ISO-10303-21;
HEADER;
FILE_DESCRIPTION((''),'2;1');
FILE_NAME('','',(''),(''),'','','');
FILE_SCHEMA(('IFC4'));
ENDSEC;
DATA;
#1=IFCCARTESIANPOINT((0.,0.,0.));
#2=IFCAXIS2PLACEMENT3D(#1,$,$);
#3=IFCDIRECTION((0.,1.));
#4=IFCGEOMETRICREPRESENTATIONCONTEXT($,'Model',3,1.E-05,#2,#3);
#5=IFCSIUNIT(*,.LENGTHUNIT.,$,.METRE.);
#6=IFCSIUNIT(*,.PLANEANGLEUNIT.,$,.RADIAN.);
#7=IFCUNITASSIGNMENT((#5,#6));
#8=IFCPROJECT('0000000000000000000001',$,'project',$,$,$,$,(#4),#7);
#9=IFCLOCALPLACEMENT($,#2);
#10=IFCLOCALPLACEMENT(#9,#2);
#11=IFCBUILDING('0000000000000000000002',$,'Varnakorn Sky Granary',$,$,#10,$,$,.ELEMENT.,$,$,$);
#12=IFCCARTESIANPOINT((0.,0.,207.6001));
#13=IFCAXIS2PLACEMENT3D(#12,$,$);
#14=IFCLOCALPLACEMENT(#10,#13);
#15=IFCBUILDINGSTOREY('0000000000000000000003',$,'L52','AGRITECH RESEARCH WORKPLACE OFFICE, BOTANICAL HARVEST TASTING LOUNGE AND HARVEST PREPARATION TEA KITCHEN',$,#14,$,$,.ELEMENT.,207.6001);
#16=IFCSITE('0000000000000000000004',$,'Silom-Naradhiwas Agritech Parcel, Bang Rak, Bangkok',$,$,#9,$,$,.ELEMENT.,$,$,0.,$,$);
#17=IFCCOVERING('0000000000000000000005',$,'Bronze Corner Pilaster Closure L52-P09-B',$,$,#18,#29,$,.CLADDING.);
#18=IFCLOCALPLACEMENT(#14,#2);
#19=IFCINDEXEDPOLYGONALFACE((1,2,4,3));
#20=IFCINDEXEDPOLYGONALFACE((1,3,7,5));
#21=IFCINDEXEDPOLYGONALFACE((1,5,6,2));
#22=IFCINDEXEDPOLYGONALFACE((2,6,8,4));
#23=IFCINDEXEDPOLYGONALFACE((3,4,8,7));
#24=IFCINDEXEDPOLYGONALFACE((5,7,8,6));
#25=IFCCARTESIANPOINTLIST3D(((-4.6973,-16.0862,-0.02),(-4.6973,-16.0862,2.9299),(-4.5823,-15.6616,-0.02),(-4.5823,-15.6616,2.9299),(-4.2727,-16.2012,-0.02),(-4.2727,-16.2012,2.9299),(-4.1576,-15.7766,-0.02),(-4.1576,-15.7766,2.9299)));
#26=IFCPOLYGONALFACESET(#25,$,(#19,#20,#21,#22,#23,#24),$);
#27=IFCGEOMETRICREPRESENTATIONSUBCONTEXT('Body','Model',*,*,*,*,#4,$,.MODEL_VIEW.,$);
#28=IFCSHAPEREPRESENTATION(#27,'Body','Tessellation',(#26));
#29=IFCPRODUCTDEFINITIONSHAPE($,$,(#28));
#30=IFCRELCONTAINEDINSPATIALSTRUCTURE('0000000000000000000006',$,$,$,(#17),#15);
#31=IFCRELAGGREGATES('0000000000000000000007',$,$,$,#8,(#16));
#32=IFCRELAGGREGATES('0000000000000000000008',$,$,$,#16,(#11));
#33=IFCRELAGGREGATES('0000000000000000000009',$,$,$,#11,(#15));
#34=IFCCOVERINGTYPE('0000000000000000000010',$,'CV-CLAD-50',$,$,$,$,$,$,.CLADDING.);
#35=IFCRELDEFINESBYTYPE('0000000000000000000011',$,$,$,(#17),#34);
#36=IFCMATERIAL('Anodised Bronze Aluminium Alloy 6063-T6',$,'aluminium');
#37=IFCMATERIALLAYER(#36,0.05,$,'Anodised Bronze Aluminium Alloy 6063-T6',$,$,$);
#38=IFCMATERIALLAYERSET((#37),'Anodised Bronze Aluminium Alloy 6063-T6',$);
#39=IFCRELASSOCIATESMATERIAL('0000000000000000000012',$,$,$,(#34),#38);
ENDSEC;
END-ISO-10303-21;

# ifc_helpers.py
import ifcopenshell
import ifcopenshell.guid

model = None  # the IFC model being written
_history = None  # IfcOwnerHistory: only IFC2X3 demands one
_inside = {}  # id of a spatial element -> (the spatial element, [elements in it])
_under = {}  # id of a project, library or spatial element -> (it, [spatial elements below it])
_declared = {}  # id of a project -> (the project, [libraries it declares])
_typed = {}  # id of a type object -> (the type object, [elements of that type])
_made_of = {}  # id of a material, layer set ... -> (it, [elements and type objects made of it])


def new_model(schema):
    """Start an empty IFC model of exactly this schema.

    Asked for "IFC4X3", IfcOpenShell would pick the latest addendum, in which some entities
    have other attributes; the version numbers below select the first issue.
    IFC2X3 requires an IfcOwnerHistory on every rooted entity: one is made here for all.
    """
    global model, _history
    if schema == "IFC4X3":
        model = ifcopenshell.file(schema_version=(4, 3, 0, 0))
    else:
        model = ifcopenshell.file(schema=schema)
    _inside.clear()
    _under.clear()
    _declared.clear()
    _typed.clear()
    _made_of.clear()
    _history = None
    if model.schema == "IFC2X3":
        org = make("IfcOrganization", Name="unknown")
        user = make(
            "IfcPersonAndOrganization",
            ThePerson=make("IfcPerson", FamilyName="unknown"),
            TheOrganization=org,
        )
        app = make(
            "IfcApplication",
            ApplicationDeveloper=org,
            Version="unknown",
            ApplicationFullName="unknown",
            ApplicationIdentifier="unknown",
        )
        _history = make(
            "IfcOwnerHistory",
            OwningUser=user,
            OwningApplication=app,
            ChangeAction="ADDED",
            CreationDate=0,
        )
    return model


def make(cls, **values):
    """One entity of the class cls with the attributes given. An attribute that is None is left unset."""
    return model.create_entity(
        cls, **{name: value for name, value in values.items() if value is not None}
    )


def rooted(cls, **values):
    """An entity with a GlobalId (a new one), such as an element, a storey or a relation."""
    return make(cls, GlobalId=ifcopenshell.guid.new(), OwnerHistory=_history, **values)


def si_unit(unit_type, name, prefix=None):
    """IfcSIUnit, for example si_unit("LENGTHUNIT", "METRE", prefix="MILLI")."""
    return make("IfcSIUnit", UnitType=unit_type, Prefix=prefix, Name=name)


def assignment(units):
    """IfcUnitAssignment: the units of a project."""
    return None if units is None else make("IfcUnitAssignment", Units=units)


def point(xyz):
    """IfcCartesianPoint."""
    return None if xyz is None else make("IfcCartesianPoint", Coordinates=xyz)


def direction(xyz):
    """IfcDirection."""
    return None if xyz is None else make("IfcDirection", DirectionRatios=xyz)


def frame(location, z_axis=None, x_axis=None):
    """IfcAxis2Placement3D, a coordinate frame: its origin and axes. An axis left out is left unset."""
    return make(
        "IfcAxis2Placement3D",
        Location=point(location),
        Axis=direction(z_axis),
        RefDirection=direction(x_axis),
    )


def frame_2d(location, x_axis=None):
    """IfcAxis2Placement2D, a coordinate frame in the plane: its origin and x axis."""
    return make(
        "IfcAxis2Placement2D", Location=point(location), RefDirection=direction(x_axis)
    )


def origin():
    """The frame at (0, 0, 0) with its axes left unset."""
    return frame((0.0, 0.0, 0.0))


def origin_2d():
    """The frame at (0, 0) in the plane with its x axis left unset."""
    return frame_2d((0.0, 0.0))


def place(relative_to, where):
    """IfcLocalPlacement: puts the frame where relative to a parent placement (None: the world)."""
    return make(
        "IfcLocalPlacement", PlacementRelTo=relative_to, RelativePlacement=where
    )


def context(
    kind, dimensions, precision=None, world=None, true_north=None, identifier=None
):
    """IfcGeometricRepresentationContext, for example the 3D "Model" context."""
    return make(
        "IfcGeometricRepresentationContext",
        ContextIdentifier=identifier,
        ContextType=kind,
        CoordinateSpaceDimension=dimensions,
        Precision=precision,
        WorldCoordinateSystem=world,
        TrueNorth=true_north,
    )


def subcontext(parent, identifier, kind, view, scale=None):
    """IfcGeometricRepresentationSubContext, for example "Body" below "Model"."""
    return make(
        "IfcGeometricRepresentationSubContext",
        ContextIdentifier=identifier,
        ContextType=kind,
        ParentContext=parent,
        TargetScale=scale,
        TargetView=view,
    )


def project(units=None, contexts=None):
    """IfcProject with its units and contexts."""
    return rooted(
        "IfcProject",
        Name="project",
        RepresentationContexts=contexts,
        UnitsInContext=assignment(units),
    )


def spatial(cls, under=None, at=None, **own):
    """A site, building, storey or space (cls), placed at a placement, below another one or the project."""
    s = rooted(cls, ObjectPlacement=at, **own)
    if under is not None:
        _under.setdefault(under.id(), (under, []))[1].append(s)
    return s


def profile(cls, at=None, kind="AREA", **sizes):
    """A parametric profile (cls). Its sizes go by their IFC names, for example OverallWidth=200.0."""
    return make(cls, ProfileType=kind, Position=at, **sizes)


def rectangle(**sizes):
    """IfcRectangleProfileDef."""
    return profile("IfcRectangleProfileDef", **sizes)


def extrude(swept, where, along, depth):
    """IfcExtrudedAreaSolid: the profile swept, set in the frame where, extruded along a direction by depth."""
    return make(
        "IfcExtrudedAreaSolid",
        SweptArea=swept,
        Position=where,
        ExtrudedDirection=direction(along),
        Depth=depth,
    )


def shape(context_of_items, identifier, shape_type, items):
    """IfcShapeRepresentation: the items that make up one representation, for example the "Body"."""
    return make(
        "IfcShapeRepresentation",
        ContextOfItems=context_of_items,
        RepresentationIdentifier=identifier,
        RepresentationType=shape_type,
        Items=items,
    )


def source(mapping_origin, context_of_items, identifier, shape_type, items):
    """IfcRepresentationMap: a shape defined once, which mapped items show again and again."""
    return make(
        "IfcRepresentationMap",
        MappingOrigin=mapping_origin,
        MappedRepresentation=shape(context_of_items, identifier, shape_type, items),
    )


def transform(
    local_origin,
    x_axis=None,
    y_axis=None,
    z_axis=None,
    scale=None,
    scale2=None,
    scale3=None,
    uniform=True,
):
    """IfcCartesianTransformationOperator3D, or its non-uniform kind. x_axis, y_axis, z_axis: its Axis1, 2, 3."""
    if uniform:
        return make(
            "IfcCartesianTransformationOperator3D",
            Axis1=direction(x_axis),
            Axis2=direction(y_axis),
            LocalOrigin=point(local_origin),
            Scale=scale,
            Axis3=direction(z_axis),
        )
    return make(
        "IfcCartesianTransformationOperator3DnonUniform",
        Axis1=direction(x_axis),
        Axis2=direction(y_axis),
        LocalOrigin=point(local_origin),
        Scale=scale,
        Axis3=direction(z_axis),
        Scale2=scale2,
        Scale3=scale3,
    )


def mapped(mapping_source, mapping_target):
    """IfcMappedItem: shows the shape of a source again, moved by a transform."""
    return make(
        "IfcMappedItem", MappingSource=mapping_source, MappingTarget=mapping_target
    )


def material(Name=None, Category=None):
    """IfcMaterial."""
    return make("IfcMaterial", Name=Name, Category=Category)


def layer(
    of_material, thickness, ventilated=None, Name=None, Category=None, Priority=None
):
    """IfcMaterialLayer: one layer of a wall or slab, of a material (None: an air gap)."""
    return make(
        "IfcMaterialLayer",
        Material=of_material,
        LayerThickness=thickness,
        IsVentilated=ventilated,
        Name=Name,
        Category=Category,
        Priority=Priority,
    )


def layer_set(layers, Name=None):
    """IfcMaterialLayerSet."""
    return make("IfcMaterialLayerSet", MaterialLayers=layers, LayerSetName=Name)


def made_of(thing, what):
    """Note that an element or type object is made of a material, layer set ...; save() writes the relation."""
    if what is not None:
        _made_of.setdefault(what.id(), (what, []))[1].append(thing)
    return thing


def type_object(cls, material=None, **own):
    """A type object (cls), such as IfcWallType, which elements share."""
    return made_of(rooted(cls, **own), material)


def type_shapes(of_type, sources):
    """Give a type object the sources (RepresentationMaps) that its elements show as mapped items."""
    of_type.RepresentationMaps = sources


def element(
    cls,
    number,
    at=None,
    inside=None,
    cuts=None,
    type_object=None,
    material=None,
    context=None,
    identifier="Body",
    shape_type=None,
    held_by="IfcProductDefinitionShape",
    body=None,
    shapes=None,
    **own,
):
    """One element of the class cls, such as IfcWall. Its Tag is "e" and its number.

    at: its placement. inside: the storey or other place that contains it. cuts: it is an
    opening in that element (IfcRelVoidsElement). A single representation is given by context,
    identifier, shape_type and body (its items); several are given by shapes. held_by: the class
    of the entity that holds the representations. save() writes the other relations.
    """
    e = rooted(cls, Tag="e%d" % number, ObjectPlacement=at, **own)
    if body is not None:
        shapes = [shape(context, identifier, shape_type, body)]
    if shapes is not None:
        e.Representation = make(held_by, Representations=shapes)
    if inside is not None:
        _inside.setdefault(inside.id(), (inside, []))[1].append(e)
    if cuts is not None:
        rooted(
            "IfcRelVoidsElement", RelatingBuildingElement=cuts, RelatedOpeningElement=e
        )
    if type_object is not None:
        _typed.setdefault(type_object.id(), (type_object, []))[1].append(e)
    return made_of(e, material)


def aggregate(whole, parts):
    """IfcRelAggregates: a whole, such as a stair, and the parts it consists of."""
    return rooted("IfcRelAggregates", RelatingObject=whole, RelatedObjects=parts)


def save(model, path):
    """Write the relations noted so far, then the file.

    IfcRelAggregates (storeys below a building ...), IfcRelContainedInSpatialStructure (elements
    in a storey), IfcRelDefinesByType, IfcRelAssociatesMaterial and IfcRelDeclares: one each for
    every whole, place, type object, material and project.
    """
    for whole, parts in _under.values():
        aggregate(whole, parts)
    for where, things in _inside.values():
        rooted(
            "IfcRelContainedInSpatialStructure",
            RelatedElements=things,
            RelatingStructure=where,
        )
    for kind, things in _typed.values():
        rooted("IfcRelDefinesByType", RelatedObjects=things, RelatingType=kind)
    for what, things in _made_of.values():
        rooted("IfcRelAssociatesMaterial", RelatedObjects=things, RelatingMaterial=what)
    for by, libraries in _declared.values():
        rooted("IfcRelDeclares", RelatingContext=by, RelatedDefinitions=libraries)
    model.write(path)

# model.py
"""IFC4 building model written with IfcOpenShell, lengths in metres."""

from ifc_helpers import new_model, si_unit, direction, frame, origin, origin_2d, place, context, subcontext, project, spatial, rectangle, extrude, source, transform, mapped, material, layer, layer_set, type_object, type_shapes, element, save


model = new_model("IFC4")

# Units and contexts
model_context = context("Model", 3, precision=1e-05, world=origin(), true_north=direction((0.0, 1.0)))
body_context = subcontext(model_context, "Body", "Model", "MODEL_VIEW")
ifc_project = project(units=[si_unit("LENGTHUNIT", "METRE"), si_unit("PLANEANGLEUNIT", "RADIAN")], contexts=[model_context])

# Site, building, storey
site_placement = place(None, origin())
site = spatial("IfcSite", under=ifc_project, at=site_placement, Name="Silom-Naradhiwas Agritech Parcel, Bang Rak, Bangkok", CompositionType="ELEMENT", RefElevation=0.0)
building_placement = place(site_placement, origin())
building = spatial("IfcBuilding", under=site, at=building_placement, Name="Varnakorn Sky Granary", CompositionType="ELEMENT")
storey_placement = place(building_placement, frame((0.0, 0.0, 207.6001)))
storey = spatial("IfcBuildingStorey", under=building, at=storey_placement, Name="L52", Description="AGRITECH RESEARCH WORKPLACE OFFICE, BOTANICAL HARVEST TASTING LOUNGE AND HARVEST PREPARATION TEA KITCHEN", CompositionType="ELEMENT", Elevation=207.6001)

# Shared definitions
ifc_material_1 = material(Name="Anodised Bronze Aluminium Alloy 6063-T6", Category="aluminium")

# Covering
ifc_layer_1 = layer(ifc_material_1, 0.05, Name="Anodised Bronze Aluminium Alloy 6063-T6")
ifc_layer_set_1 = layer_set([ifc_layer_1], Name="Anodised Bronze Aluminium Alloy 6063-T6")
covering_type = type_object("IfcCoveringType", Name="CV-CLAD-50", PredefinedType="CLADDING", material=ifc_layer_set_1)
shared_shape_1 = source(origin(), body_context, "Body", "SweptSolid", [
    extrude(rectangle(XDim=0.4399, YDim=0.4399, at=origin_2d()), origin(), (0.0, 0.0, 1.0), 2.95),
])
type_shapes(covering_type, [shared_shape_1])
covering_placement = place(storey_placement, frame((-4.4275, -15.9314, -0.02), z_axis=(0.0, 0.0, 1.0), x_axis=(-0.965199, 0.261515, 0.0)))
element("IfcCovering", 1, at=covering_placement, inside=storey, type_object=covering_type, Name="Bronze Corner Pilaster Closure L52-P09-B", PredefinedType="CLADDING", context=body_context, shape_type="MappedRepresentation", body=[
    mapped(shared_shape_1, transform((0.0, 0.0, 0.0), x_axis=(1.0, 0.0, 0.0), y_axis=(0.0, 1.0, 0.0), z_axis=(0.0, 0.0, 1.0), scale=1.0)),
])

save(model, "model.ifc")
